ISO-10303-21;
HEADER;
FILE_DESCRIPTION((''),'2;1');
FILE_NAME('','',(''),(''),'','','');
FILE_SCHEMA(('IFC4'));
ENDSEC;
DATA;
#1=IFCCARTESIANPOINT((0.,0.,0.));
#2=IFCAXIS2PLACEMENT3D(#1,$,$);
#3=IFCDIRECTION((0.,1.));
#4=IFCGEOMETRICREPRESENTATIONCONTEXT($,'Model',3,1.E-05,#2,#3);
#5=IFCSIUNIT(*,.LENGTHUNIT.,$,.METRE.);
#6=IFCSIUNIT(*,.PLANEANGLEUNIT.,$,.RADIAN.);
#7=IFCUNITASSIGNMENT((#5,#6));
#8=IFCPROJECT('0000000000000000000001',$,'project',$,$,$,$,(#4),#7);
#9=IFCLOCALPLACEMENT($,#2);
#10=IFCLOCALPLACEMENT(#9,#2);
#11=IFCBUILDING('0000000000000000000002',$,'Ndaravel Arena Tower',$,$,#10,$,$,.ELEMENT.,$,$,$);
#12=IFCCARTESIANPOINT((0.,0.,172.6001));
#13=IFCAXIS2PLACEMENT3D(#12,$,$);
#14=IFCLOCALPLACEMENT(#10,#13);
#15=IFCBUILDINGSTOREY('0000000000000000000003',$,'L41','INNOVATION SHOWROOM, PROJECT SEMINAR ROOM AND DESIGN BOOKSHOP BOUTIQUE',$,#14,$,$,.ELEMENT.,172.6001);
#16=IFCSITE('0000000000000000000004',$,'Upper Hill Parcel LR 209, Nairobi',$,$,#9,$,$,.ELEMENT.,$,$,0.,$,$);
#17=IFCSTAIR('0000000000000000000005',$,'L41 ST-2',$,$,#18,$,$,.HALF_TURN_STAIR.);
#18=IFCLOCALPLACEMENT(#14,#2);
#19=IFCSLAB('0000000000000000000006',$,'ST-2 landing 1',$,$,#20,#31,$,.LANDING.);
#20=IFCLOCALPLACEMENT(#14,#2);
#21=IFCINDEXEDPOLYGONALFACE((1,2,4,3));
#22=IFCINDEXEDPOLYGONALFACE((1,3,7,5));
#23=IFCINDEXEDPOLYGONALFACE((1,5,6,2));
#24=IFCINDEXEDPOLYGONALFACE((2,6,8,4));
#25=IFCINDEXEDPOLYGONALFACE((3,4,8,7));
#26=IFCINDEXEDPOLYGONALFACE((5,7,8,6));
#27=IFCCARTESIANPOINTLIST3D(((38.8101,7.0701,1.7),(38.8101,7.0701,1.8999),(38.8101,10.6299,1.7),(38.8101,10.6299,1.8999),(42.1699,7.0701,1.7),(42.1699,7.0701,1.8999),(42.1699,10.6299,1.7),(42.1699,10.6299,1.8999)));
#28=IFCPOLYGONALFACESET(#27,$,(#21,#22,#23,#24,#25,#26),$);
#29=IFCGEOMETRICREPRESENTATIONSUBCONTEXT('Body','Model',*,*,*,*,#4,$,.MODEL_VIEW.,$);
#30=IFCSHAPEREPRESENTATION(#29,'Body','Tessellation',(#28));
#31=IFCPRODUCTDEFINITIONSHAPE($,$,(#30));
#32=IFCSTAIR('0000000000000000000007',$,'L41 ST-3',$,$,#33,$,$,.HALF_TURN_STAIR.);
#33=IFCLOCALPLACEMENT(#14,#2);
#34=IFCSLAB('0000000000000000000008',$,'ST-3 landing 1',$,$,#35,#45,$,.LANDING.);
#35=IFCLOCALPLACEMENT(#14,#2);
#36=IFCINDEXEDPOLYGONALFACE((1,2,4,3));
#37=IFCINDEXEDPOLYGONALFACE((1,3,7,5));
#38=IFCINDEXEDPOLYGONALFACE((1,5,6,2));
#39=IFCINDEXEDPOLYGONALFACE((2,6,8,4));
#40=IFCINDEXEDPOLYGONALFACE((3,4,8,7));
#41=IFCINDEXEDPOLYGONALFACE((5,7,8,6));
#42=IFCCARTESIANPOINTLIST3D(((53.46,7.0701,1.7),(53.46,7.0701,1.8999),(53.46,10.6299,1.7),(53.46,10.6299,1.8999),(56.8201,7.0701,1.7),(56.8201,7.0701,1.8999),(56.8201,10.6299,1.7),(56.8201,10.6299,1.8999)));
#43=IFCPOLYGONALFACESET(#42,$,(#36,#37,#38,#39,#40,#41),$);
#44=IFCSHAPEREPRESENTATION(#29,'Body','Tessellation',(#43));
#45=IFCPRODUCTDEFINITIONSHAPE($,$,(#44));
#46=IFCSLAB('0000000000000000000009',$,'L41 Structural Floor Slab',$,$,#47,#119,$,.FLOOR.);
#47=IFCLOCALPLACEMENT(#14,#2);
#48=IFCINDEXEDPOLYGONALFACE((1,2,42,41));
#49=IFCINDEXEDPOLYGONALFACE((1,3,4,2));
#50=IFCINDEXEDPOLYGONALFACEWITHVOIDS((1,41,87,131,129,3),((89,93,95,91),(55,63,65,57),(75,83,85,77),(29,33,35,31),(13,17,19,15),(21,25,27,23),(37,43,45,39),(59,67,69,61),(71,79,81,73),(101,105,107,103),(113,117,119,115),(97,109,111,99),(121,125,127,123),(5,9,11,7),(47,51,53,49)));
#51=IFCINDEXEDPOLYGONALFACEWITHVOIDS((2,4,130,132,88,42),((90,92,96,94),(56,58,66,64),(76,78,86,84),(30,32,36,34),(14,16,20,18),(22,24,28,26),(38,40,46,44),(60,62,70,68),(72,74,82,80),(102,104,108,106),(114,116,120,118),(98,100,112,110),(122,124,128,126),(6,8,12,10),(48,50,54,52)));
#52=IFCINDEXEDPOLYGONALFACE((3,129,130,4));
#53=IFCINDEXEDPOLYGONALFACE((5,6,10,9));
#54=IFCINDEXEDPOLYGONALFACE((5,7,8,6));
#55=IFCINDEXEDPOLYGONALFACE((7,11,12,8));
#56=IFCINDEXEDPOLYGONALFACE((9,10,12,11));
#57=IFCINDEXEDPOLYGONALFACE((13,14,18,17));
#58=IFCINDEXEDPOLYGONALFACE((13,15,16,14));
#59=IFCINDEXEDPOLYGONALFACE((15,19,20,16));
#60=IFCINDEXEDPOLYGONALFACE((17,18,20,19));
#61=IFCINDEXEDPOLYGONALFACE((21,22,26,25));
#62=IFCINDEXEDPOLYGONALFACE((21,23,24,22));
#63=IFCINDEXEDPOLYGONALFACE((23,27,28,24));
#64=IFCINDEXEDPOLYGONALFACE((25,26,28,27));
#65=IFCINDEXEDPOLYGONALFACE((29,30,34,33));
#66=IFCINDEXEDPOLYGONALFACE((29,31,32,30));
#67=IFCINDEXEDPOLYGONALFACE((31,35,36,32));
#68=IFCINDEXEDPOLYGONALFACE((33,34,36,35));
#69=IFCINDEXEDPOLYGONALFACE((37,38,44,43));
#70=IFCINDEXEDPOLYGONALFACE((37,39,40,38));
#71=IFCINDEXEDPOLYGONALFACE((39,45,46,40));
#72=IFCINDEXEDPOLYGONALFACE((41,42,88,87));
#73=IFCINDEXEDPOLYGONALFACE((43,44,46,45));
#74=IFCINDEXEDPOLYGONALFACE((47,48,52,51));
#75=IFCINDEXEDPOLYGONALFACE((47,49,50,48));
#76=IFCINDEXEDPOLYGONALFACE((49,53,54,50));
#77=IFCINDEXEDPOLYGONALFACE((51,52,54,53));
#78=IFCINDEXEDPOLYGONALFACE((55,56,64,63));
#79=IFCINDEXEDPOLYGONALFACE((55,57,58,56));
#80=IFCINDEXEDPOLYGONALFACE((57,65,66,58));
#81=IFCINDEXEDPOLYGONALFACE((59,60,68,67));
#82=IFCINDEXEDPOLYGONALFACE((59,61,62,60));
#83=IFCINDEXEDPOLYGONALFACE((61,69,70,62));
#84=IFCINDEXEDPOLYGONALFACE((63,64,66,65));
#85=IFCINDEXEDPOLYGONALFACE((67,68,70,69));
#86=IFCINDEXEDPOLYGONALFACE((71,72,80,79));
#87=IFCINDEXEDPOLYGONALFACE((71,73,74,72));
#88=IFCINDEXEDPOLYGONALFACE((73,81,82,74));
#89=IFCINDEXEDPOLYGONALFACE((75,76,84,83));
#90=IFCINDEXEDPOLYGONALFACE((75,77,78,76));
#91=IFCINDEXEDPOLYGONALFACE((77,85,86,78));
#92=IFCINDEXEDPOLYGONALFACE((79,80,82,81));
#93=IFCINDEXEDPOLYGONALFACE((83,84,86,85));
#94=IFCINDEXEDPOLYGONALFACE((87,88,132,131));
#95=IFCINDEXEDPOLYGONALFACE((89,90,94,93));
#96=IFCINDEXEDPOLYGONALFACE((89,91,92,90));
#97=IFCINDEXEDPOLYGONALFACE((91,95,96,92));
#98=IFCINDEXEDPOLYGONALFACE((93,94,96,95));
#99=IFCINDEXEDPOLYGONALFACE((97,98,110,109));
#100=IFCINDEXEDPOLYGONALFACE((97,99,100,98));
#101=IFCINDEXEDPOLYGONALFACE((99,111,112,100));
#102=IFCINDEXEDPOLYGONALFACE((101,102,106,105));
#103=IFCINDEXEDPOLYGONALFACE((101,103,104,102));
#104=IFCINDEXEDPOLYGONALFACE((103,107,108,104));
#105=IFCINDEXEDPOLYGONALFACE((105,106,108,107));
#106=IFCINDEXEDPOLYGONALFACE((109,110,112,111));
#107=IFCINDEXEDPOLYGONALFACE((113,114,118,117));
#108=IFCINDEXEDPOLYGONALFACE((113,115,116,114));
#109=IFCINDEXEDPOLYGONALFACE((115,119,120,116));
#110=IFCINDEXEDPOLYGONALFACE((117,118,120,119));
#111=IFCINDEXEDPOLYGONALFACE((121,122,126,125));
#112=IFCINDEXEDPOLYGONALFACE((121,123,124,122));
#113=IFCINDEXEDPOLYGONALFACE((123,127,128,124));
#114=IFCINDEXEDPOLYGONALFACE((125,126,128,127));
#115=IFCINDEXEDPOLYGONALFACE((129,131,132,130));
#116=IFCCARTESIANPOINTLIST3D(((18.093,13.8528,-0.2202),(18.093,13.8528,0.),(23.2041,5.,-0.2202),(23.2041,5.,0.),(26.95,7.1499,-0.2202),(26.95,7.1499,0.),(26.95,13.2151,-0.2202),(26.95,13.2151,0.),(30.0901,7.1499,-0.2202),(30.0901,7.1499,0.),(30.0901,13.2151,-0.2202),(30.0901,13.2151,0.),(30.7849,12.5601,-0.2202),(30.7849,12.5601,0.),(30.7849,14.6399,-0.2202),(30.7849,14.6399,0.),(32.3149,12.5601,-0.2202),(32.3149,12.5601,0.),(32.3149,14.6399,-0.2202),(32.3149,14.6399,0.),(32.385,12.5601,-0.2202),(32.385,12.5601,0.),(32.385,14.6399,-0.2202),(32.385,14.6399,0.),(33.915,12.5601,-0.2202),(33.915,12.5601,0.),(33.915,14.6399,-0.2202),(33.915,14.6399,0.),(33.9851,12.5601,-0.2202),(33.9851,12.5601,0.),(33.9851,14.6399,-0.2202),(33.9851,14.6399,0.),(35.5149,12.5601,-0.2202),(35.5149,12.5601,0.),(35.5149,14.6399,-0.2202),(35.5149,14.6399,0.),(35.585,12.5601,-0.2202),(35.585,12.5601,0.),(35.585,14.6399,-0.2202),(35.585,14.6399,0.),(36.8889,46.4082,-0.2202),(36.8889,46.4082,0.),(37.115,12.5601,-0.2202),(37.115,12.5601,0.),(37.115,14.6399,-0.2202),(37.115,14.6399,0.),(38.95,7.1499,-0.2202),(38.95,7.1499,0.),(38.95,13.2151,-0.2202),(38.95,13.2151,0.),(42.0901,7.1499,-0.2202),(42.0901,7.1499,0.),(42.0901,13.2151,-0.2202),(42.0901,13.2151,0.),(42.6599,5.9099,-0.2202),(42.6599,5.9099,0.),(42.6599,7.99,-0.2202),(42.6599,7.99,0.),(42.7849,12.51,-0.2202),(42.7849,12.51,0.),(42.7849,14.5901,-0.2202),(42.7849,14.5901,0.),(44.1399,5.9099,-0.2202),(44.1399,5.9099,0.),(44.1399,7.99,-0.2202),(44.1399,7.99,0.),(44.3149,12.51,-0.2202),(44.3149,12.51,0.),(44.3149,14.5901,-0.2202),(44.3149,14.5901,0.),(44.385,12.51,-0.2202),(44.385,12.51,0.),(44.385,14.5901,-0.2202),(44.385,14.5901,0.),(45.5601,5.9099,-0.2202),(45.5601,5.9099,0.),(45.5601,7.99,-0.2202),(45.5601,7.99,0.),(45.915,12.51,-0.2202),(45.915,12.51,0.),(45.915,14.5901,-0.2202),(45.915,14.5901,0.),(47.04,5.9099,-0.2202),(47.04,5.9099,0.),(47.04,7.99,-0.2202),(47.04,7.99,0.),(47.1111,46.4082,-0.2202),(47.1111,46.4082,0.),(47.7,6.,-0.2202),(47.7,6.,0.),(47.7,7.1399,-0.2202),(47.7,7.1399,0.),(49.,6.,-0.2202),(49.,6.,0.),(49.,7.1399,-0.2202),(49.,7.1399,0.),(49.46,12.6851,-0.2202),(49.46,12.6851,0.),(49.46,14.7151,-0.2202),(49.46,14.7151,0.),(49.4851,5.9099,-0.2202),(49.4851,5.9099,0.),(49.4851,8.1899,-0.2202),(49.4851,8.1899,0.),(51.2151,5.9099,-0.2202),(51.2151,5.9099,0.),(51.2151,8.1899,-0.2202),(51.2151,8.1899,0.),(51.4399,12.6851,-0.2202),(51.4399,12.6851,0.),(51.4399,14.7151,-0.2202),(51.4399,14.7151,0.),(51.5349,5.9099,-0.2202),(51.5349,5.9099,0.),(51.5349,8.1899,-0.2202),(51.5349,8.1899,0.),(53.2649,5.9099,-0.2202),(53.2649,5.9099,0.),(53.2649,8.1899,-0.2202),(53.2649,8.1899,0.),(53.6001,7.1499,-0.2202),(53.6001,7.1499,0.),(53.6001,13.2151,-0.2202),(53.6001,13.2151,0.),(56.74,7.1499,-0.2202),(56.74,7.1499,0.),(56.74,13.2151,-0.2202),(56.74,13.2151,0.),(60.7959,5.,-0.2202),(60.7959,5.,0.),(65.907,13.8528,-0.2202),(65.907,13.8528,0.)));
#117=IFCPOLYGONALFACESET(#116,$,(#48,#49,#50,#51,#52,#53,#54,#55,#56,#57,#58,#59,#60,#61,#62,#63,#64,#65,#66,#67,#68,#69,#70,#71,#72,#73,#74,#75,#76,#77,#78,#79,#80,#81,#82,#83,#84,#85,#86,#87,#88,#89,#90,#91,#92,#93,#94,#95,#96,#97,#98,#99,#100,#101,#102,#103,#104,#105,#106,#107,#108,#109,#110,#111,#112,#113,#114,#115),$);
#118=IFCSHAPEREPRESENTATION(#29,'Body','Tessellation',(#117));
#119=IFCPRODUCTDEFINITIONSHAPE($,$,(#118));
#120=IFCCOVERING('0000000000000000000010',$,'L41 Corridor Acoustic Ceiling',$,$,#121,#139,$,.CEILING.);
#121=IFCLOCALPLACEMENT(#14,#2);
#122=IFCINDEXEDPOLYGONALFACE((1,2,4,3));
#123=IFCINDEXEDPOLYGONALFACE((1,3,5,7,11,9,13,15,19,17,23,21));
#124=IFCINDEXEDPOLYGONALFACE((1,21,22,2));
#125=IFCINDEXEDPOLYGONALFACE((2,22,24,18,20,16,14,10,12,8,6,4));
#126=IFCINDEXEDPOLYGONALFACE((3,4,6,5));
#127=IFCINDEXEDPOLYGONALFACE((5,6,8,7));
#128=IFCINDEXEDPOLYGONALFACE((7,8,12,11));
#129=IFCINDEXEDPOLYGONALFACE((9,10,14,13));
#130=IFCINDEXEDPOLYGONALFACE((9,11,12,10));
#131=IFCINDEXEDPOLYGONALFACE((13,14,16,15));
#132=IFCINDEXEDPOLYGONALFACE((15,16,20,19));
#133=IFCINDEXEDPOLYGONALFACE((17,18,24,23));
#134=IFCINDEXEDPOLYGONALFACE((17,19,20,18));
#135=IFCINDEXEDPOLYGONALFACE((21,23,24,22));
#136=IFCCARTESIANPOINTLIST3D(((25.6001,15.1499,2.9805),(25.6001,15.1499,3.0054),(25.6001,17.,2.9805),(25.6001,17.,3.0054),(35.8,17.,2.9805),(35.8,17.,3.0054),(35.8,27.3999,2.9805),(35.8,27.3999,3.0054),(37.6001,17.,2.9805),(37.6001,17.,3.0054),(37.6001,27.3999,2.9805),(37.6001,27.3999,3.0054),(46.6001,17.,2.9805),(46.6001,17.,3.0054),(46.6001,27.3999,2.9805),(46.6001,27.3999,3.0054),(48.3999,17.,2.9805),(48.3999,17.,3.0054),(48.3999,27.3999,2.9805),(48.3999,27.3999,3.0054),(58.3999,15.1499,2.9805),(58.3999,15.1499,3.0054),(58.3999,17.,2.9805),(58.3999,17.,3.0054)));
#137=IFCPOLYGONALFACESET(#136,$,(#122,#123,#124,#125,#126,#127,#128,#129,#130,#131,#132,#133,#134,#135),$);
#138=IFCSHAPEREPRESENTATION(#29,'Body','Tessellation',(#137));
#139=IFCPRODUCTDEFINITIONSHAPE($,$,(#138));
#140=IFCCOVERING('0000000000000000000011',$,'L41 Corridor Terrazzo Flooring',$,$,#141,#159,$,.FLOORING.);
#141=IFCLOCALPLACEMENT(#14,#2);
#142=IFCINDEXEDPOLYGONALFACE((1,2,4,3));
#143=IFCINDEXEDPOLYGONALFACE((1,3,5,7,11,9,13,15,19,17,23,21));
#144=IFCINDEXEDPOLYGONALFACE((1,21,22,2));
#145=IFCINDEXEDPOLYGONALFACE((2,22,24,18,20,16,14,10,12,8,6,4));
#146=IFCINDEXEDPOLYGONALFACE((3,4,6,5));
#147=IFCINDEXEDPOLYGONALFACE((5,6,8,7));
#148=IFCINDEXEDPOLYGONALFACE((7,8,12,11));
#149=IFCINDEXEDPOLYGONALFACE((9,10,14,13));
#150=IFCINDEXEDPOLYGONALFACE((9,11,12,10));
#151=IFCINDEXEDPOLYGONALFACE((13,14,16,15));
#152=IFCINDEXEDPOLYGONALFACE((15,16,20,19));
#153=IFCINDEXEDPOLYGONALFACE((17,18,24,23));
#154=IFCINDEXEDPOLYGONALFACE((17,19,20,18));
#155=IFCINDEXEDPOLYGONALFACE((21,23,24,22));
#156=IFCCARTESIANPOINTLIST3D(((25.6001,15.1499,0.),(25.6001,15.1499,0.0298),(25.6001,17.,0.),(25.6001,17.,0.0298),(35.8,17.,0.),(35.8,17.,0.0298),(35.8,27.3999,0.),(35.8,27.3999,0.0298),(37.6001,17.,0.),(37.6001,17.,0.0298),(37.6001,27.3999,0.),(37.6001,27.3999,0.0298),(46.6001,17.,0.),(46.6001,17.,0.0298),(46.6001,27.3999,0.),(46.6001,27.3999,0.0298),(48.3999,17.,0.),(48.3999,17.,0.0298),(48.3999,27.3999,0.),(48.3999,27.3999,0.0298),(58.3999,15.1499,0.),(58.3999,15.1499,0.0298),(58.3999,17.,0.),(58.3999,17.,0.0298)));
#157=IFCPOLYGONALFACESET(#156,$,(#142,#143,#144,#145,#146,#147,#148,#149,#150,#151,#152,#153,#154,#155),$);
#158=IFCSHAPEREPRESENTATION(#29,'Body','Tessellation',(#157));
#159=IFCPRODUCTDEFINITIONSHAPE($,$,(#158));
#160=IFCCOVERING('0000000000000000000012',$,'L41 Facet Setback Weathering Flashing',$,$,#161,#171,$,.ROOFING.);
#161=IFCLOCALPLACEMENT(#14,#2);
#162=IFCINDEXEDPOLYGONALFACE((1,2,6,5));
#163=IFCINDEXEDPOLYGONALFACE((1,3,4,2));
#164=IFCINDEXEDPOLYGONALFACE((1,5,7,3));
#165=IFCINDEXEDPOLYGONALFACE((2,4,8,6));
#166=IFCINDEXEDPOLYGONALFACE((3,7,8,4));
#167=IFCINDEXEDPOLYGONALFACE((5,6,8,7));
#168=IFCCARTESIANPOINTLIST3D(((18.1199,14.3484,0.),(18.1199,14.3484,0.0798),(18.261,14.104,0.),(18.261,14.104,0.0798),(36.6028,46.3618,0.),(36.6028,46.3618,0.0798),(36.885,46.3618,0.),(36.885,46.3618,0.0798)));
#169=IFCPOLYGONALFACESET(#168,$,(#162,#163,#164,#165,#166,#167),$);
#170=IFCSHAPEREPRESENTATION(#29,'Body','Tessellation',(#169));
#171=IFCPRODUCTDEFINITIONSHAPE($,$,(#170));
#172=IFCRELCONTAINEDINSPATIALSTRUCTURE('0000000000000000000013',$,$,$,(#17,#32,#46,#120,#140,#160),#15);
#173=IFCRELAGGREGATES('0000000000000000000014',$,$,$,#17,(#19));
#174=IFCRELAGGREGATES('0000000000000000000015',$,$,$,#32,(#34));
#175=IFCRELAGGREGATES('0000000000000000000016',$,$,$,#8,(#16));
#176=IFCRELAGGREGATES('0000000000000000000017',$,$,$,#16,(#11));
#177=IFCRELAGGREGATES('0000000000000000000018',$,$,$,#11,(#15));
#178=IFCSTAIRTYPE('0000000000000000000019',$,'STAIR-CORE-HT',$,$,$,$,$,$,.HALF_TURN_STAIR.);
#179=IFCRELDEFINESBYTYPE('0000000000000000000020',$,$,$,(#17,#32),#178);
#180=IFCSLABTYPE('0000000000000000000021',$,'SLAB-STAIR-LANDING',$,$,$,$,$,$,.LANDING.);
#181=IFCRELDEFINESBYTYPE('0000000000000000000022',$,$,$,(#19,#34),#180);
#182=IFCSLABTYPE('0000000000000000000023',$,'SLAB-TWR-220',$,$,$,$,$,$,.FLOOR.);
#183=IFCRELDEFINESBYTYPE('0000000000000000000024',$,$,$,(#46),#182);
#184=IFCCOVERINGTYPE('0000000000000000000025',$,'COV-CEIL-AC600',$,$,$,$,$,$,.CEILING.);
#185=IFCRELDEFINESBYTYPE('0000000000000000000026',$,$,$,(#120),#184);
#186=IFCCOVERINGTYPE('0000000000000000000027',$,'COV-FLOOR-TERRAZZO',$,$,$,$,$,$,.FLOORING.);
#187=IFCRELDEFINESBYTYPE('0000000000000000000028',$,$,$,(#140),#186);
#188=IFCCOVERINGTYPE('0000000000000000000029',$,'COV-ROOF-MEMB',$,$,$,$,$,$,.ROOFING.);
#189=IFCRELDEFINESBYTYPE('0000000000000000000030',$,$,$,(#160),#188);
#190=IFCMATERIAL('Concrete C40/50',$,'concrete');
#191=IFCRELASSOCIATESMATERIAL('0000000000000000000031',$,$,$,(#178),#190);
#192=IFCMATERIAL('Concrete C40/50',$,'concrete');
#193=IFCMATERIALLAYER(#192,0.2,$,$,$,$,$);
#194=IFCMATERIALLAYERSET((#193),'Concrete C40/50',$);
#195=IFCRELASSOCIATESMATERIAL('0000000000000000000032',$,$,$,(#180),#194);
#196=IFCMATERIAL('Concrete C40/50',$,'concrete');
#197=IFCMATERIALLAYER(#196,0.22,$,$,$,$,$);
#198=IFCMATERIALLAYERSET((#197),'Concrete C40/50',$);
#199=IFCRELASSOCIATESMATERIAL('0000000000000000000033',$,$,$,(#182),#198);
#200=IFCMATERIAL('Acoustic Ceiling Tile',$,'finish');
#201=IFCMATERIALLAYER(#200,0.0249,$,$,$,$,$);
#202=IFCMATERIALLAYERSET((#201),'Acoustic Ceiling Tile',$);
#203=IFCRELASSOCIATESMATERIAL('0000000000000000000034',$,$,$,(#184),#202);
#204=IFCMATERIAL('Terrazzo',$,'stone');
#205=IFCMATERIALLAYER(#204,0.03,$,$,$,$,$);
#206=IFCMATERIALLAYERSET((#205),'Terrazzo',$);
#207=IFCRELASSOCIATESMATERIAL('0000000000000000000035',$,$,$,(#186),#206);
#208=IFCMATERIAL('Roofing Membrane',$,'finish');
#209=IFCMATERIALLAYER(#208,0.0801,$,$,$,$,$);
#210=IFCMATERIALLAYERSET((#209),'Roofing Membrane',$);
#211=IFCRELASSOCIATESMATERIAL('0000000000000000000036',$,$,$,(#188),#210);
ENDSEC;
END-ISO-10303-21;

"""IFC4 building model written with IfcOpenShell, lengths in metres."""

from ifc_helpers import new_model, si_unit, direction, frame, origin, place, context, subcontext, project, spatial, polyline, outline, extrude, material, layer, layer_set, type_object, element, aggregate, save


model = new_model("IFC4")

# Units and contexts
model_context = context("Model", 3, precision=1e-05, world=origin(), true_north=direction((0.0, 1.0)))
body_context = subcontext(model_context, "Body", "Model", "MODEL_VIEW")
ifc_project = project(units=[si_unit("LENGTHUNIT", "METRE"), si_unit("PLANEANGLEUNIT", "RADIAN")], contexts=[model_context])

# Site, building, storey
site_placement = place(None, origin())
site = spatial("IfcSite", under=ifc_project, at=site_placement, Name="Upper Hill Parcel LR 209, Nairobi", CompositionType="ELEMENT", RefElevation=0.0)
building_placement = place(site_placement, origin())
building = spatial("IfcBuilding", under=site, at=building_placement, Name="Ndaravel Arena Tower", CompositionType="ELEMENT")
storey_placement = place(building_placement, frame((0.0, 0.0, 172.6001)))
storey = spatial("IfcBuildingStorey", under=building, at=storey_placement, Name="L41", Description="INNOVATION SHOWROOM, PROJECT SEMINAR ROOM AND DESIGN BOOKSHOP BOUTIQUE", CompositionType="ELEMENT", Elevation=172.6001)

# Stairs, slabs
ifc_material_1 = material(Name="Concrete C40/50", Category="concrete")
stair_type = type_object("IfcStairType", Name="STAIR-CORE-HT", PredefinedType="HALF_TURN_STAIR", material=ifc_material_1)
ifc_material_2 = material(Name="Concrete C40/50", Category="concrete")
ifc_layer_1 = layer(ifc_material_2, 0.2)
ifc_layer_set_1 = layer_set([ifc_layer_1], Name="Concrete C40/50")
slab_type_1 = type_object("IfcSlabType", Name="SLAB-STAIR-LANDING", PredefinedType="LANDING", material=ifc_layer_set_1)
stair_1_placement = place(storey_placement, origin())
stair_1 = element("IfcStair", 1, at=stair_1_placement, inside=storey, type_object=stair_type, Name="L41 ST-2", PredefinedType="HALF_TURN_STAIR")
slab_1_placement = place(storey_placement, frame((0.0, 0.0, 1.7)))
slab_1 = element("IfcSlab", 2, at=slab_1_placement, type_object=slab_type_1, Name="ST-2 landing 1", PredefinedType="LANDING", context=body_context, shape_type="SweptSolid", body=[
    extrude(outline(polyline([(38.8101, 10.6299), (38.8101, 7.0701), (42.1699, 7.0701), (42.1699, 10.6299), (38.8101, 10.6299)])), origin(), (0.0, 0.0, 1.0), 0.2),
])
aggregate(stair_1, [slab_1])
stair_2_placement = place(storey_placement, origin())
stair_2 = element("IfcStair", 3, at=stair_2_placement, inside=storey, type_object=stair_type, Name="L41 ST-3", PredefinedType="HALF_TURN_STAIR")
slab_2_placement = place(storey_placement, frame((0.0, 0.0, 1.7)))
slab_2 = element("IfcSlab", 4, at=slab_2_placement, type_object=slab_type_1, Name="ST-3 landing 1", PredefinedType="LANDING", context=body_context, shape_type="SweptSolid", body=[
    extrude(outline(polyline([(53.46, 10.6299), (53.46, 7.0701), (56.8201, 7.0701), (56.8201, 10.6299), (53.46, 10.6299)])), origin(), (0.0, 0.0, 1.0), 0.2),
])
aggregate(stair_2, [slab_2])

# Slab
ifc_material_3 = material(Name="Concrete C40/50", Category="concrete")
ifc_layer_2 = layer(ifc_material_3, 0.22)
ifc_layer_set_2 = layer_set([ifc_layer_2], Name="Concrete C40/50")
slab_type_2 = type_object("IfcSlabType", Name="SLAB-TWR-220", PredefinedType="FLOOR", material=ifc_layer_set_2)
slab_3_placement = place(storey_placement, frame((0.0, 0.0, -0.2202)))
element("IfcSlab", 5, at=slab_3_placement, inside=storey, type_object=slab_type_2, Name="L41 Structural Floor Slab", PredefinedType="FLOOR", context=body_context, shape_type="SweptSolid", body=[
    extrude(outline(polyline([(18.093, 13.8528), (23.2041, 5.0), (60.7959, 5.0), (65.907, 13.8528), (47.1111, 46.4082), (36.8889, 46.4082), (18.093, 13.8528)]), holes=[polyline([(26.95, 13.2151), (26.95, 7.1499), (30.0901, 7.1499), (30.0901, 13.2151), (26.95, 13.2151)]), polyline([(38.95, 13.2151), (38.95, 7.1499), (42.0901, 7.1499), (42.0901, 13.2151), (38.95, 13.2151)]), polyline([(53.6001, 13.2151), (53.6001, 7.1499), (56.74, 7.1499), (56.74, 13.2151), (53.6001, 13.2151)]), polyline([(30.7849, 12.5601), (32.3149, 12.5601), (32.3149, 14.6399), (30.7849, 14.6399), (30.7849, 12.5601)]), polyline([(32.385, 12.5601), (33.915, 12.5601), (33.915, 14.6399), (32.385, 14.6399), (32.385, 12.5601)]), polyline([(33.9851, 12.5601), (35.5149, 12.5601), (35.5149, 14.6399), (33.9851, 14.6399), (33.9851, 12.5601)]), polyline([(35.585, 12.5601), (37.115, 12.5601), (37.115, 14.6399), (35.585, 14.6399), (35.585, 12.5601)]), polyline([(42.6599, 5.9099), (44.1399, 5.9099), (44.1399, 7.99), (42.6599, 7.99), (42.6599, 5.9099)]), polyline([(45.5601, 5.9099), (47.04, 5.9099), (47.04, 7.99), (45.5601, 7.99), (45.5601, 5.9099)]), polyline([(42.7849, 12.51), (44.3149, 12.51), (44.3149, 14.5901), (42.7849, 14.5901), (42.7849, 12.51)]), polyline([(44.385, 12.51), (45.915, 12.51), (45.915, 14.5901), (44.385, 14.5901), (44.385, 12.51)]), polyline([(49.4851, 5.9099), (51.2151, 5.9099), (51.2151, 8.1899), (49.4851, 8.1899), (49.4851, 5.9099)]), polyline([(51.5349, 5.9099), (53.2649, 5.9099), (53.2649, 8.1899), (51.5349, 8.1899), (51.5349, 5.9099)]), polyline([(49.46, 12.6851), (51.4399, 12.6851), (51.4399, 14.7151), (49.46, 14.7151), (49.46, 12.6851)]), polyline([(47.7, 6.0), (49.0, 6.0), (49.0, 7.1399), (47.7, 7.1399), (47.7, 6.0)])]), origin(), (0.0, 0.0, 1.0), 0.2202),
])

# Coverings
ifc_material_4 = material(Name="Acoustic Ceiling Tile", Category="finish")
ifc_layer_3 = layer(ifc_material_4, 0.0249)
ifc_layer_set_3 = layer_set([ifc_layer_3], Name="Acoustic Ceiling Tile")
covering_type_1 = type_object("IfcCoveringType", Name="COV-CEIL-AC600", PredefinedType="CEILING", material=ifc_layer_set_3)
covering_1_placement = place(storey_placement, frame((0.0, 0.0, 2.9805)))
element("IfcCovering", 6, at=covering_1_placement, inside=storey, type_object=covering_type_1, Name="L41 Corridor Acoustic Ceiling", PredefinedType="CEILING", context=body_context, shape_type="SweptSolid", body=[
    extrude(outline(polyline([(58.3999, 17.0), (48.3999, 17.0), (48.3999, 27.3999), (46.6001, 27.3999), (46.6001, 17.0), (37.6001, 17.0), (37.6001, 27.3999), (35.8, 27.3999), (35.8, 17.0), (25.6001, 17.0), (25.6001, 15.1499), (58.3999, 15.1499), (58.3999, 17.0)])), origin(), (0.0, 0.0, 1.0), 0.0249),
])
ifc_material_5 = material(Name="Terrazzo", Category="stone")
ifc_layer_4 = layer(ifc_material_5, 0.03)
ifc_layer_set_4 = layer_set([ifc_layer_4], Name="Terrazzo")
covering_type_2 = type_object("IfcCoveringType", Name="COV-FLOOR-TERRAZZO", PredefinedType="FLOORING", material=ifc_layer_set_4)
covering_2_placement = place(storey_placement, origin())
element("IfcCovering", 7, at=covering_2_placement, inside=storey, type_object=covering_type_2, Name="L41 Corridor Terrazzo Flooring", PredefinedType="FLOORING", context=body_context, shape_type="SweptSolid", body=[
    extrude(outline(polyline([(58.3999, 17.0), (48.3999, 17.0), (48.3999, 27.3999), (46.6001, 27.3999), (46.6001, 17.0), (37.6001, 17.0), (37.6001, 27.3999), (35.8, 27.3999), (35.8, 17.0), (25.6001, 17.0), (25.6001, 15.1499), (58.3999, 15.1499), (58.3999, 17.0)])), origin(), (0.0, 0.0, 1.0), 0.0298),
])
ifc_material_6 = material(Name="Roofing Membrane", Category="finish")
ifc_layer_5 = layer(ifc_material_6, 0.0801)
ifc_layer_set_5 = layer_set([ifc_layer_5], Name="Roofing Membrane")
covering_type_3 = type_object("IfcCoveringType", Name="COV-ROOF-MEMB", PredefinedType="ROOFING", material=ifc_layer_set_5)
covering_3_placement = place(storey_placement, origin())
element("IfcCovering", 8, at=covering_3_placement, inside=storey, type_object=covering_type_3, Name="L41 Facet Setback Weathering Flashing", PredefinedType="ROOFING", context=body_context, shape_type="SweptSolid", body=[
    extrude(outline(polyline([(18.1199, 14.3484), (36.6028, 46.3618), (36.885, 46.3618), (18.261, 14.104), (18.1199, 14.3484)])), origin(), (0.0, 0.0, 1.0), 0.0798),
])

save(model, "model.ifc")
